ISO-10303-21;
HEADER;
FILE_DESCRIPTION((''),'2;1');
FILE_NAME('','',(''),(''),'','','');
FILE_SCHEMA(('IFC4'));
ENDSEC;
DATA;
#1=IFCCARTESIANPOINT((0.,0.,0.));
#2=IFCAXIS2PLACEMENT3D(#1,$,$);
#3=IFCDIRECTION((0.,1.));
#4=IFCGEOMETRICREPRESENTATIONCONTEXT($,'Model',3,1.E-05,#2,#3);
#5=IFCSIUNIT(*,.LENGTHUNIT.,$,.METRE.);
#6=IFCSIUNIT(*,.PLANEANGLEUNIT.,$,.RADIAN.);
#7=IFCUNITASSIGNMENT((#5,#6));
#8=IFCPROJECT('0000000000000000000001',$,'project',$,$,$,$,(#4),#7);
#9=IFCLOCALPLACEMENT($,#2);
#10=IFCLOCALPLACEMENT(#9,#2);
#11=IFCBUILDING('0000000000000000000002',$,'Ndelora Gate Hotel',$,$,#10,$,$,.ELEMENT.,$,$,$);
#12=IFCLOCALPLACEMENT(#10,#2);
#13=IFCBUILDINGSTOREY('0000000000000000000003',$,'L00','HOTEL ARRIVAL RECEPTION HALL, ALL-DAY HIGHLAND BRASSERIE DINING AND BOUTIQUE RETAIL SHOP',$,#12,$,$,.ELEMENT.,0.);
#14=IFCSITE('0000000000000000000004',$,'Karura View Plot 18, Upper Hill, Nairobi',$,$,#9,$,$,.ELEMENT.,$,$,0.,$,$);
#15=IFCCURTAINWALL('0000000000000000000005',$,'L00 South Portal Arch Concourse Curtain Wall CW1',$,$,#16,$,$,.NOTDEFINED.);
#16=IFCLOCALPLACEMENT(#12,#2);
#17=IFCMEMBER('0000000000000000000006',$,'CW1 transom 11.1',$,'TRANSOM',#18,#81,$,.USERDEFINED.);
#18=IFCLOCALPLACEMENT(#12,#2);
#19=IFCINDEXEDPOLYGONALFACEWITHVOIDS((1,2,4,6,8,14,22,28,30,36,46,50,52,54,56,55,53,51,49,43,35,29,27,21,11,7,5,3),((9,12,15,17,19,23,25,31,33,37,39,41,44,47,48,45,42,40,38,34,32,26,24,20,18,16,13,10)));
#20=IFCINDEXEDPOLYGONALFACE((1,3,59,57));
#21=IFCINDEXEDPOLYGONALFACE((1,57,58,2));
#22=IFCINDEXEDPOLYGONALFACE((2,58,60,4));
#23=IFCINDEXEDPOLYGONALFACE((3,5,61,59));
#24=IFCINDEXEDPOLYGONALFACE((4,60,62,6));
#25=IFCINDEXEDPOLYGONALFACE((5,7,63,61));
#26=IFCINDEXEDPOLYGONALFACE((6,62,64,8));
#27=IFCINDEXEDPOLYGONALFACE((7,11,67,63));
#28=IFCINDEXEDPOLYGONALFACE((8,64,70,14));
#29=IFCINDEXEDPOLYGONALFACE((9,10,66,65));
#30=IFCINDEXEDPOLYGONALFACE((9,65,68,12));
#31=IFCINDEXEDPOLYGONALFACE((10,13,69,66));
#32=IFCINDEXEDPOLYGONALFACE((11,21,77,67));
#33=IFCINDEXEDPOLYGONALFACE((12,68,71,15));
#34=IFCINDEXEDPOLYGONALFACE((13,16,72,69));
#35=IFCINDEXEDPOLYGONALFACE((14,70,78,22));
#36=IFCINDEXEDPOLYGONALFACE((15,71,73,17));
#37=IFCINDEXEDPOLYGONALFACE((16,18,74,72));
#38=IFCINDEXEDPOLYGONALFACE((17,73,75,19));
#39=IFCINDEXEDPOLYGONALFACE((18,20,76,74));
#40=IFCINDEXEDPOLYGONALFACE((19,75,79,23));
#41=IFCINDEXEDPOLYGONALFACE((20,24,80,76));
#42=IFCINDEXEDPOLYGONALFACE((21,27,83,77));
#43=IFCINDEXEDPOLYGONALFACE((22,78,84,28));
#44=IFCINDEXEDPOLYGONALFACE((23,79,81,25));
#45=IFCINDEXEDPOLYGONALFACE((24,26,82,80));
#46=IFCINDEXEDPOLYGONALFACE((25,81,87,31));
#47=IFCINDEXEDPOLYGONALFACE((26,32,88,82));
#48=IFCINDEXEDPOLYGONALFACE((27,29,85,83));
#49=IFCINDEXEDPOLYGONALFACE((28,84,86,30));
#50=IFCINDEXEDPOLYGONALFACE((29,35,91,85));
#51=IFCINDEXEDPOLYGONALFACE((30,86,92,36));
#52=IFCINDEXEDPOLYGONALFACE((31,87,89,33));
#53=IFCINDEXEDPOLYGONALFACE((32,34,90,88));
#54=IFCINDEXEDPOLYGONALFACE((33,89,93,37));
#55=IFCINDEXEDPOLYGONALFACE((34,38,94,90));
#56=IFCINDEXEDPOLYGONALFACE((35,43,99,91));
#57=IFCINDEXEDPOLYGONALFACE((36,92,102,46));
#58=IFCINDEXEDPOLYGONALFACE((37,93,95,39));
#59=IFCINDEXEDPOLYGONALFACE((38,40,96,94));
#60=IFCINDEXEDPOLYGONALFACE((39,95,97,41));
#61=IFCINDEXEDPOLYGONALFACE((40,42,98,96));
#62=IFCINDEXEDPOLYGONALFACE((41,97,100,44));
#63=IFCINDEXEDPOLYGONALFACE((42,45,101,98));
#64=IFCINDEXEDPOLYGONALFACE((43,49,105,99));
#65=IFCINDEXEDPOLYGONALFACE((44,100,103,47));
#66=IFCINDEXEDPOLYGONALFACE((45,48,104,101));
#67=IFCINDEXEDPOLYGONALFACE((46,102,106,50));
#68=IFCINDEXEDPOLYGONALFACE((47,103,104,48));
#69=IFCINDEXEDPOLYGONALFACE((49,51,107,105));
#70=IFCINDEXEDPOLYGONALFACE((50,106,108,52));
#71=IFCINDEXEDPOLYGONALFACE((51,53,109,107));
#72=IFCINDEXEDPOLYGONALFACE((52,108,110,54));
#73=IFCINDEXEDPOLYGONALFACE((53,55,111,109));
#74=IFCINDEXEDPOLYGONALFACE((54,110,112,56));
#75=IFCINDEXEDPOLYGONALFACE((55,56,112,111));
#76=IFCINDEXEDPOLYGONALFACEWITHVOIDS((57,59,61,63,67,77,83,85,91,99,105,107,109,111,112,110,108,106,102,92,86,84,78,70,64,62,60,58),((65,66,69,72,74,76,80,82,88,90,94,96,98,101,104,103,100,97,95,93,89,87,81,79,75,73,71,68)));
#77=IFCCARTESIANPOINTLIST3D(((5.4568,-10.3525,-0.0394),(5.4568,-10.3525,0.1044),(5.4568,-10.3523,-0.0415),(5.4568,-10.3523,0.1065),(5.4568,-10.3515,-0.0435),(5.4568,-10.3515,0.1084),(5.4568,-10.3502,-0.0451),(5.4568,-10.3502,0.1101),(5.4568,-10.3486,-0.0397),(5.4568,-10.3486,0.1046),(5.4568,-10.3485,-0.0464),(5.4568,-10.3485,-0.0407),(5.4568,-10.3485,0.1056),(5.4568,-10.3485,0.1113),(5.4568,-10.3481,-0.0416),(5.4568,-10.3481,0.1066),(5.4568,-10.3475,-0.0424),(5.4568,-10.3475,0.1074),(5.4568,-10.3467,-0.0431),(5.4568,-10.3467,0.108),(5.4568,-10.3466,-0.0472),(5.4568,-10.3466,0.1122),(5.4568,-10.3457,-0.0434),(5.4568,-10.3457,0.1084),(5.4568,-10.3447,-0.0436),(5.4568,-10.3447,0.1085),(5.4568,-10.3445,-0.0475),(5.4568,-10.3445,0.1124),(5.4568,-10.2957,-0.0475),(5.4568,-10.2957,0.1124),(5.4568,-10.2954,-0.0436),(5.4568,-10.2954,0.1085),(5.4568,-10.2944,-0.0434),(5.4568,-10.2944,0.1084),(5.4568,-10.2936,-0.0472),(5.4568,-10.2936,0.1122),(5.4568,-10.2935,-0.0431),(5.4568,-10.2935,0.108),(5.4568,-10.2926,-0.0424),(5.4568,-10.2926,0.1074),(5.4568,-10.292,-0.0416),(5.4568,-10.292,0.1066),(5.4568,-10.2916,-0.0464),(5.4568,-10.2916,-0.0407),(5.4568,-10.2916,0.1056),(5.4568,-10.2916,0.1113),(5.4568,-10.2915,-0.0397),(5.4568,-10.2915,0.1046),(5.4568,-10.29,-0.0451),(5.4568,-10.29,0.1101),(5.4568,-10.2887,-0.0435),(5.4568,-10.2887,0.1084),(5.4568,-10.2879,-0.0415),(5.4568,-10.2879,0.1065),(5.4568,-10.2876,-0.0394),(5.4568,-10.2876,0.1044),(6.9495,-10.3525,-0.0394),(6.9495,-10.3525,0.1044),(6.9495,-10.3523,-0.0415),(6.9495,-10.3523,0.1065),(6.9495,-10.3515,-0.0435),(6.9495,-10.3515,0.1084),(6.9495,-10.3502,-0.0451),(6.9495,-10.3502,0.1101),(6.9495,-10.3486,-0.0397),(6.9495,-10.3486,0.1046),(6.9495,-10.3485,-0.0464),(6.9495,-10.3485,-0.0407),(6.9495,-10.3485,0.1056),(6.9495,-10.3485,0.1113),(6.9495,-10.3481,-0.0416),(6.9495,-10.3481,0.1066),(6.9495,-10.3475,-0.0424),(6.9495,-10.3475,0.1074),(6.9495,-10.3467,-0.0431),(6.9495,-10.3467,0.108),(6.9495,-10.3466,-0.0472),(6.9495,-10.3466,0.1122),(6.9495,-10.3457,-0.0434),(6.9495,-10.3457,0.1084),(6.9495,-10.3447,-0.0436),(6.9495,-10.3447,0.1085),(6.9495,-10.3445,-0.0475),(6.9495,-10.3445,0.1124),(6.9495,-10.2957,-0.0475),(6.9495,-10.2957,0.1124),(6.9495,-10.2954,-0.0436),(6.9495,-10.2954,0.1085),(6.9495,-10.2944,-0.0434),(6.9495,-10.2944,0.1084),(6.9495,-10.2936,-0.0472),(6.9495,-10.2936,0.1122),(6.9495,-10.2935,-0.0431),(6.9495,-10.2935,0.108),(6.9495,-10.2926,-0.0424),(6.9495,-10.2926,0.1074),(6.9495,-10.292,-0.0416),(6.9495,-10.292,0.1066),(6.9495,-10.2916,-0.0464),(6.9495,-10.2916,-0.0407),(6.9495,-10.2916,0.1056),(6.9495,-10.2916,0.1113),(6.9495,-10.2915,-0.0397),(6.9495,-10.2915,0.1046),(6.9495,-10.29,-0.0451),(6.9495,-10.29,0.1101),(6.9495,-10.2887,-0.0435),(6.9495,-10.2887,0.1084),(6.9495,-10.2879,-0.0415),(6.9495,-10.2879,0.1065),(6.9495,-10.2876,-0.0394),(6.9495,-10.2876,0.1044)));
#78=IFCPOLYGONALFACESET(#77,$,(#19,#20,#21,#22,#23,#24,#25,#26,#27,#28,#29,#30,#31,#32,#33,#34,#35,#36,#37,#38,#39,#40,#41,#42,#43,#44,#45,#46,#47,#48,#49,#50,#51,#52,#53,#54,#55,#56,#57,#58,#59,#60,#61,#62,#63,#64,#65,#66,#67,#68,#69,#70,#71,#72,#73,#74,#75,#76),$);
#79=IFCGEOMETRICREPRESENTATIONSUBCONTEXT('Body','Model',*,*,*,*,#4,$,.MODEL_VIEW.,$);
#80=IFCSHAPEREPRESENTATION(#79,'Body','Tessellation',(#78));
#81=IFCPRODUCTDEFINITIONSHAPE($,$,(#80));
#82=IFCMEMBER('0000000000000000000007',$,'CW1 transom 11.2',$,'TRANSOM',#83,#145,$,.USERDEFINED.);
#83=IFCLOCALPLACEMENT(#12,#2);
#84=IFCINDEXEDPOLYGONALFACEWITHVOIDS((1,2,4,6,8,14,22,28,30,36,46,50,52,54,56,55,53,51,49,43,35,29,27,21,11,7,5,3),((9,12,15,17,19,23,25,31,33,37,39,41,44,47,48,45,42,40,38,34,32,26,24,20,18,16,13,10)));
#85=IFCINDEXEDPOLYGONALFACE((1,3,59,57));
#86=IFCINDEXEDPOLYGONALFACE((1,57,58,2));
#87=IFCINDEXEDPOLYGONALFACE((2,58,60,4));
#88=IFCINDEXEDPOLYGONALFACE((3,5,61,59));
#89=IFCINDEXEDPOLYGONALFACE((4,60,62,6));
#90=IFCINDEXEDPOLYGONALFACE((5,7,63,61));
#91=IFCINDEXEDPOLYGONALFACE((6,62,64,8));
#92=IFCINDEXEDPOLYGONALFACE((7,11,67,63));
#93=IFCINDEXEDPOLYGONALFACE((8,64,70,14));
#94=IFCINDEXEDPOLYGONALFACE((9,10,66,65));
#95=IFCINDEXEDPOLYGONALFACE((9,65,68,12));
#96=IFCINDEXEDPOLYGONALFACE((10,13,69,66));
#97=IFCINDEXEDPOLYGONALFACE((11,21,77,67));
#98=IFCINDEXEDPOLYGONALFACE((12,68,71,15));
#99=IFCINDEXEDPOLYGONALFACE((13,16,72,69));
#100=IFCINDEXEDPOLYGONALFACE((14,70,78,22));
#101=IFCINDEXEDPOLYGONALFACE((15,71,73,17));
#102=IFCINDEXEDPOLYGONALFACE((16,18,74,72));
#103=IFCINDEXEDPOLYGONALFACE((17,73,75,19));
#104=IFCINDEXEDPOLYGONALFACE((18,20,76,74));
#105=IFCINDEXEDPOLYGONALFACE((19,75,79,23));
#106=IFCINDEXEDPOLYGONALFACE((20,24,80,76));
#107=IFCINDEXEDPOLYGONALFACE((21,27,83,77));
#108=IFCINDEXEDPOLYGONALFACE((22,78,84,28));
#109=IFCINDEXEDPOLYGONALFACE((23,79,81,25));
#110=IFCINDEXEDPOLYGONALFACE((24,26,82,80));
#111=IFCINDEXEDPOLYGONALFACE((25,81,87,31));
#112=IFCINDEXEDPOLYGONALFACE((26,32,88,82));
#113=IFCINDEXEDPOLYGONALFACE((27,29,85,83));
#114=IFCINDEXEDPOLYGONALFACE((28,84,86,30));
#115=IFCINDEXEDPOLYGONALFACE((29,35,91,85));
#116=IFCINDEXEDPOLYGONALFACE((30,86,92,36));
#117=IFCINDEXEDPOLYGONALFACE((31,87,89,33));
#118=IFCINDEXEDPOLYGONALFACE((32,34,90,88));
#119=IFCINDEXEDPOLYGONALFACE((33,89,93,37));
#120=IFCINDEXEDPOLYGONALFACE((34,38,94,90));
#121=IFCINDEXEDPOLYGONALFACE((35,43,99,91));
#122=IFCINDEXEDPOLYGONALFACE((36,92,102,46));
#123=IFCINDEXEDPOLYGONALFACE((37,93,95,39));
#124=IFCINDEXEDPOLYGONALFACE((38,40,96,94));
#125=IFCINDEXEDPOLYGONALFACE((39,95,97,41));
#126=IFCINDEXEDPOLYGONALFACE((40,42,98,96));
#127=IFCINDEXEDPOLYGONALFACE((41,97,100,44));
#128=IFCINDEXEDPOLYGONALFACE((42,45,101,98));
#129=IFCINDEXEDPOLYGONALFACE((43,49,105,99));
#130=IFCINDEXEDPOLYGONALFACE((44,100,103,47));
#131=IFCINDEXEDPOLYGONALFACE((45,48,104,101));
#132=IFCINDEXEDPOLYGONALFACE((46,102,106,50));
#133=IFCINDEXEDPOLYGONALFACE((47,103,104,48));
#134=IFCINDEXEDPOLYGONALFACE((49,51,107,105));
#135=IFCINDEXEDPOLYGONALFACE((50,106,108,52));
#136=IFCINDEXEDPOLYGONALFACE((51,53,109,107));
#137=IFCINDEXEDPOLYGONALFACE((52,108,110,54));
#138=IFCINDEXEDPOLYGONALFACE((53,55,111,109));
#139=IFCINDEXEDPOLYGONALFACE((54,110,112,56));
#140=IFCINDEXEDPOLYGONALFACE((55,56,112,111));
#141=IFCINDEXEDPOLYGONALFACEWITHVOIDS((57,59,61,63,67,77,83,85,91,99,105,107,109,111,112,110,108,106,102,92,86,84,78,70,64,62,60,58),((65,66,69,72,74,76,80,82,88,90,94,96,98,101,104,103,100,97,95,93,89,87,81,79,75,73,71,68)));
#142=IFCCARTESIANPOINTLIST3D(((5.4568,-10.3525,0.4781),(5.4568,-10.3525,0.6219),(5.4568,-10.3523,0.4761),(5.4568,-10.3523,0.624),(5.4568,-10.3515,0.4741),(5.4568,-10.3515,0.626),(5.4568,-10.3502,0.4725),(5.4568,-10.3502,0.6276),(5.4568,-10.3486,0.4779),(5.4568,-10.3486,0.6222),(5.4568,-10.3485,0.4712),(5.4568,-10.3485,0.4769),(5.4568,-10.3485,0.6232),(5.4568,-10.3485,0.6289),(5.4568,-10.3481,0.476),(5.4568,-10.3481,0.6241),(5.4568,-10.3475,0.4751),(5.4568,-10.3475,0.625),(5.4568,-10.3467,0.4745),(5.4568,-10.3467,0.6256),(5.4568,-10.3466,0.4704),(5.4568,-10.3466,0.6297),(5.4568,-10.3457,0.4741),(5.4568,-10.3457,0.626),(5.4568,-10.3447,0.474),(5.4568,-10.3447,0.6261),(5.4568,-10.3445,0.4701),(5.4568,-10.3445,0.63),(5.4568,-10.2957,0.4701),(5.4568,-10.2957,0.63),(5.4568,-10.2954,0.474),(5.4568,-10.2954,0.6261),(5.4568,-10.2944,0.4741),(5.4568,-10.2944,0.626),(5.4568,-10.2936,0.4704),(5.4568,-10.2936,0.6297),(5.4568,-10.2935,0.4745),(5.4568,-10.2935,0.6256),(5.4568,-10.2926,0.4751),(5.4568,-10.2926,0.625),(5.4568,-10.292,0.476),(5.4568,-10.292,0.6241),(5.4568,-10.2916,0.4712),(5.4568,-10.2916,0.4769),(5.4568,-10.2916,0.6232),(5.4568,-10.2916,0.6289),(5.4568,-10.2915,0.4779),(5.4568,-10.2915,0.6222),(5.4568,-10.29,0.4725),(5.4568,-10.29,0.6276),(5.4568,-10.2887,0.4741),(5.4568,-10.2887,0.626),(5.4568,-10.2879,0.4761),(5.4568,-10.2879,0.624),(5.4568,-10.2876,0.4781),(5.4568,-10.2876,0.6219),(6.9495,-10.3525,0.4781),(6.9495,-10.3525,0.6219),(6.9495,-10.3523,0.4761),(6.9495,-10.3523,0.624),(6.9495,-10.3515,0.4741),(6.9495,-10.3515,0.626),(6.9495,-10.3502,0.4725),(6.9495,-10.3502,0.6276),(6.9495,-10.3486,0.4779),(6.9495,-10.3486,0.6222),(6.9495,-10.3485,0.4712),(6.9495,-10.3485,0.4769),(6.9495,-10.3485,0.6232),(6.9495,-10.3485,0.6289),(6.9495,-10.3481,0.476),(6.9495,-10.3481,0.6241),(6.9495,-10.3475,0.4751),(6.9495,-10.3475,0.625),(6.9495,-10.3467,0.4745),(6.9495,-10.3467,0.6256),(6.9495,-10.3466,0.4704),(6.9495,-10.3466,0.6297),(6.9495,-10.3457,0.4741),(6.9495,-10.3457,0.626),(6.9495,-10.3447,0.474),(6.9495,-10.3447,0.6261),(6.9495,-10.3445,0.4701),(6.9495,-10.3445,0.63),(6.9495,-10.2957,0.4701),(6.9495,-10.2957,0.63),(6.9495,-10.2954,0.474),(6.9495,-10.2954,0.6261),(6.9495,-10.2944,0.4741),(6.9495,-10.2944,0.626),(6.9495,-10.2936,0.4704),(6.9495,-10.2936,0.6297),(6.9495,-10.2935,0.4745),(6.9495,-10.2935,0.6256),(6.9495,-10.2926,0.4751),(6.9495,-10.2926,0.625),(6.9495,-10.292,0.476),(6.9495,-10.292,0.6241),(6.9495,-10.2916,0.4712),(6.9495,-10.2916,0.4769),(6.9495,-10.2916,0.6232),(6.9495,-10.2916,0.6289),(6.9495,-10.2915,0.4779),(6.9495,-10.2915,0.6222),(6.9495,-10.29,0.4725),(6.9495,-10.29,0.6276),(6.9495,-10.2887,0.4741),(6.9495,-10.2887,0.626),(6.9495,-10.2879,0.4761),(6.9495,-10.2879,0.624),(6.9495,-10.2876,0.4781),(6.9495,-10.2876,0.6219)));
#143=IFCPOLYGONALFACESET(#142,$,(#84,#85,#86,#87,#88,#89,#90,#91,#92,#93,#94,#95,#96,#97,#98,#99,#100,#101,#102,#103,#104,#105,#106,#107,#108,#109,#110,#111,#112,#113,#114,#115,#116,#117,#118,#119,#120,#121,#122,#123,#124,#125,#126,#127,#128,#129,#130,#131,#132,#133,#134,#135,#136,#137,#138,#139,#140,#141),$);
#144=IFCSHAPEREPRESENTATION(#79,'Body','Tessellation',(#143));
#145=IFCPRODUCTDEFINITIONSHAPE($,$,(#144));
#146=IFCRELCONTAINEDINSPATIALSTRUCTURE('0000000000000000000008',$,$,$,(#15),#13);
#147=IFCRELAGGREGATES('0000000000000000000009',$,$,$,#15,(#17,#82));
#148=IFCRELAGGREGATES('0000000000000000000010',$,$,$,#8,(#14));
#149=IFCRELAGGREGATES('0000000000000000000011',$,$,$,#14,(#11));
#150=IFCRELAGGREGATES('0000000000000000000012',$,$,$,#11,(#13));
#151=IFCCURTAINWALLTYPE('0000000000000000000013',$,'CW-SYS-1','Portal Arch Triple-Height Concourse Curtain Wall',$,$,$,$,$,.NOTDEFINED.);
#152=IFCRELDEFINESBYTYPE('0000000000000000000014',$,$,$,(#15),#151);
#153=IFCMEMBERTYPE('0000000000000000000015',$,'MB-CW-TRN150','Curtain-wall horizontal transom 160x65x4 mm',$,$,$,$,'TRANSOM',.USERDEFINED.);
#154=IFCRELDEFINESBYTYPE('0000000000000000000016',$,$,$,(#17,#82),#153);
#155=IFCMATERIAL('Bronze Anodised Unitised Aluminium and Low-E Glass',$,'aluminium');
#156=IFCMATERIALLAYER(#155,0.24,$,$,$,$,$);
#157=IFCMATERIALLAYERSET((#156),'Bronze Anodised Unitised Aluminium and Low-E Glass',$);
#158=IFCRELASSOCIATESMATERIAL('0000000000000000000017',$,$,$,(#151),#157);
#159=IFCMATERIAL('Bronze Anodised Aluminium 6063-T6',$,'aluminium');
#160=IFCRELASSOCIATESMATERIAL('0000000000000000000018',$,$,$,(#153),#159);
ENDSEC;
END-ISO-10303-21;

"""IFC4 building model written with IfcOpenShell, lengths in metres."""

from ifc_helpers import new_model, si_unit, direction, frame, origin, origin_2d, place, context, subcontext, project, spatial, hollow_rectangle, extrude, material, layer, layer_set, material_profile, profile_set, type_object, element, aggregate, save


model = new_model("IFC4")

# Units and contexts
model_context = context("Model", 3, precision=1e-05, world=origin(), true_north=direction((0.0, 1.0)))
body_context = subcontext(model_context, "Body", "Model", "MODEL_VIEW")
ifc_project = project(units=[si_unit("LENGTHUNIT", "METRE"), si_unit("PLANEANGLEUNIT", "RADIAN")], contexts=[model_context])

# Site, building, storey
site_placement = place(None, origin())
site = spatial("IfcSite", under=ifc_project, at=site_placement, Name="Karura View Plot 18, Upper Hill, Nairobi", CompositionType="ELEMENT", RefElevation=0.0)
building_placement = place(site_placement, origin())
building = spatial("IfcBuilding", under=site, at=building_placement, Name="Ndelora Gate Hotel", CompositionType="ELEMENT")
storey_placement = place(building_placement, origin())
storey = spatial("IfcBuildingStorey", under=building, at=storey_placement, Name="L00", Description="HOTEL ARRIVAL RECEPTION HALL, ALL-DAY HIGHLAND BRASSERIE DINING AND BOUTIQUE RETAIL SHOP", CompositionType="ELEMENT", Elevation=0.0)

# Curtain wall, members
ifc_material_1 = material(Name="Bronze Anodised Unitised Aluminium and Low-E Glass", Category="aluminium")
ifc_layer_1 = layer(ifc_material_1, 0.24)
ifc_layer_set_1 = layer_set([ifc_layer_1], Name="Bronze Anodised Unitised Aluminium and Low-E Glass")
curtain_wall_type = type_object("IfcCurtainWallType", Name="CW-SYS-1", Description="Portal Arch Triple-Height Concourse Curtain Wall", PredefinedType="NOTDEFINED", material=ifc_layer_set_1)
curtain_wall_placement = place(storey_placement, origin())
curtain_wall = element("IfcCurtainWall", 1, at=curtain_wall_placement, inside=storey, type_object=curtain_wall_type, Name="L00 South Portal Arch Concourse Curtain Wall CW1", PredefinedType="NOTDEFINED")
ifc_material_2 = material(Name="Bronze Anodised Aluminium 6063-T6", Category="aluminium")
ifc_material_profile_1 = material_profile(ifc_material_2, hollow_rectangle(XDim=0.0649, YDim=0.1599, WallThickness=0.0039, InnerFilletRadius=0.0039, OuterFilletRadius=0.0081, at=origin_2d()), Name="ALU 160x65x4")
ifc_profile_set_1 = profile_set([ifc_material_profile_1], Name="Bronze Anodised Aluminium 6063-T6")
member_type_1 = type_object("IfcMemberType", Name="MB-CW-TRN150", Description="Curtain-wall horizontal transom 160x65x4 mm", ElementType="TRANSOM", PredefinedType="USERDEFINED", material=ifc_profile_set_1)
member_1_placement = place(storey_placement, frame((5.4568, -10.3201, 0.0325), z_axis=(1.0, 0.0, 0.0), x_axis=(0.0, 1.0, 0.0)))
member_1 = element("IfcMember", 2, at=member_1_placement, type_object=member_type_1, Name="CW1 transom 11.1", ObjectType="TRANSOM", PredefinedType="USERDEFINED", context=body_context, shape_type="SweptSolid", body=[
    extrude(hollow_rectangle(XDim=0.0649, YDim=0.1599, WallThickness=0.0039, InnerFilletRadius=0.0039, OuterFilletRadius=0.0081, at=origin_2d()), origin(), (0.0, 0.0, 1.0), 1.4927),
])
member_2_placement = place(storey_placement, frame((5.4568, -10.3201, 0.55), z_axis=(1.0, 0.0, 0.0), x_axis=(0.0, 1.0, 0.0)))
member_2 = element("IfcMember", 3, at=member_2_placement, type_object=member_type_1, Name="CW1 transom 11.2", ObjectType="TRANSOM", PredefinedType="USERDEFINED", context=body_context, shape_type="SweptSolid", body=[
    extrude(hollow_rectangle(XDim=0.0649, YDim=0.1599, WallThickness=0.0039, InnerFilletRadius=0.0039, OuterFilletRadius=0.0081, at=origin_2d()), origin(), (0.0, 0.0, 1.0), 1.4927),
])
aggregate(curtain_wall, [member_1, member_2])

save(model, "model.ifc")
